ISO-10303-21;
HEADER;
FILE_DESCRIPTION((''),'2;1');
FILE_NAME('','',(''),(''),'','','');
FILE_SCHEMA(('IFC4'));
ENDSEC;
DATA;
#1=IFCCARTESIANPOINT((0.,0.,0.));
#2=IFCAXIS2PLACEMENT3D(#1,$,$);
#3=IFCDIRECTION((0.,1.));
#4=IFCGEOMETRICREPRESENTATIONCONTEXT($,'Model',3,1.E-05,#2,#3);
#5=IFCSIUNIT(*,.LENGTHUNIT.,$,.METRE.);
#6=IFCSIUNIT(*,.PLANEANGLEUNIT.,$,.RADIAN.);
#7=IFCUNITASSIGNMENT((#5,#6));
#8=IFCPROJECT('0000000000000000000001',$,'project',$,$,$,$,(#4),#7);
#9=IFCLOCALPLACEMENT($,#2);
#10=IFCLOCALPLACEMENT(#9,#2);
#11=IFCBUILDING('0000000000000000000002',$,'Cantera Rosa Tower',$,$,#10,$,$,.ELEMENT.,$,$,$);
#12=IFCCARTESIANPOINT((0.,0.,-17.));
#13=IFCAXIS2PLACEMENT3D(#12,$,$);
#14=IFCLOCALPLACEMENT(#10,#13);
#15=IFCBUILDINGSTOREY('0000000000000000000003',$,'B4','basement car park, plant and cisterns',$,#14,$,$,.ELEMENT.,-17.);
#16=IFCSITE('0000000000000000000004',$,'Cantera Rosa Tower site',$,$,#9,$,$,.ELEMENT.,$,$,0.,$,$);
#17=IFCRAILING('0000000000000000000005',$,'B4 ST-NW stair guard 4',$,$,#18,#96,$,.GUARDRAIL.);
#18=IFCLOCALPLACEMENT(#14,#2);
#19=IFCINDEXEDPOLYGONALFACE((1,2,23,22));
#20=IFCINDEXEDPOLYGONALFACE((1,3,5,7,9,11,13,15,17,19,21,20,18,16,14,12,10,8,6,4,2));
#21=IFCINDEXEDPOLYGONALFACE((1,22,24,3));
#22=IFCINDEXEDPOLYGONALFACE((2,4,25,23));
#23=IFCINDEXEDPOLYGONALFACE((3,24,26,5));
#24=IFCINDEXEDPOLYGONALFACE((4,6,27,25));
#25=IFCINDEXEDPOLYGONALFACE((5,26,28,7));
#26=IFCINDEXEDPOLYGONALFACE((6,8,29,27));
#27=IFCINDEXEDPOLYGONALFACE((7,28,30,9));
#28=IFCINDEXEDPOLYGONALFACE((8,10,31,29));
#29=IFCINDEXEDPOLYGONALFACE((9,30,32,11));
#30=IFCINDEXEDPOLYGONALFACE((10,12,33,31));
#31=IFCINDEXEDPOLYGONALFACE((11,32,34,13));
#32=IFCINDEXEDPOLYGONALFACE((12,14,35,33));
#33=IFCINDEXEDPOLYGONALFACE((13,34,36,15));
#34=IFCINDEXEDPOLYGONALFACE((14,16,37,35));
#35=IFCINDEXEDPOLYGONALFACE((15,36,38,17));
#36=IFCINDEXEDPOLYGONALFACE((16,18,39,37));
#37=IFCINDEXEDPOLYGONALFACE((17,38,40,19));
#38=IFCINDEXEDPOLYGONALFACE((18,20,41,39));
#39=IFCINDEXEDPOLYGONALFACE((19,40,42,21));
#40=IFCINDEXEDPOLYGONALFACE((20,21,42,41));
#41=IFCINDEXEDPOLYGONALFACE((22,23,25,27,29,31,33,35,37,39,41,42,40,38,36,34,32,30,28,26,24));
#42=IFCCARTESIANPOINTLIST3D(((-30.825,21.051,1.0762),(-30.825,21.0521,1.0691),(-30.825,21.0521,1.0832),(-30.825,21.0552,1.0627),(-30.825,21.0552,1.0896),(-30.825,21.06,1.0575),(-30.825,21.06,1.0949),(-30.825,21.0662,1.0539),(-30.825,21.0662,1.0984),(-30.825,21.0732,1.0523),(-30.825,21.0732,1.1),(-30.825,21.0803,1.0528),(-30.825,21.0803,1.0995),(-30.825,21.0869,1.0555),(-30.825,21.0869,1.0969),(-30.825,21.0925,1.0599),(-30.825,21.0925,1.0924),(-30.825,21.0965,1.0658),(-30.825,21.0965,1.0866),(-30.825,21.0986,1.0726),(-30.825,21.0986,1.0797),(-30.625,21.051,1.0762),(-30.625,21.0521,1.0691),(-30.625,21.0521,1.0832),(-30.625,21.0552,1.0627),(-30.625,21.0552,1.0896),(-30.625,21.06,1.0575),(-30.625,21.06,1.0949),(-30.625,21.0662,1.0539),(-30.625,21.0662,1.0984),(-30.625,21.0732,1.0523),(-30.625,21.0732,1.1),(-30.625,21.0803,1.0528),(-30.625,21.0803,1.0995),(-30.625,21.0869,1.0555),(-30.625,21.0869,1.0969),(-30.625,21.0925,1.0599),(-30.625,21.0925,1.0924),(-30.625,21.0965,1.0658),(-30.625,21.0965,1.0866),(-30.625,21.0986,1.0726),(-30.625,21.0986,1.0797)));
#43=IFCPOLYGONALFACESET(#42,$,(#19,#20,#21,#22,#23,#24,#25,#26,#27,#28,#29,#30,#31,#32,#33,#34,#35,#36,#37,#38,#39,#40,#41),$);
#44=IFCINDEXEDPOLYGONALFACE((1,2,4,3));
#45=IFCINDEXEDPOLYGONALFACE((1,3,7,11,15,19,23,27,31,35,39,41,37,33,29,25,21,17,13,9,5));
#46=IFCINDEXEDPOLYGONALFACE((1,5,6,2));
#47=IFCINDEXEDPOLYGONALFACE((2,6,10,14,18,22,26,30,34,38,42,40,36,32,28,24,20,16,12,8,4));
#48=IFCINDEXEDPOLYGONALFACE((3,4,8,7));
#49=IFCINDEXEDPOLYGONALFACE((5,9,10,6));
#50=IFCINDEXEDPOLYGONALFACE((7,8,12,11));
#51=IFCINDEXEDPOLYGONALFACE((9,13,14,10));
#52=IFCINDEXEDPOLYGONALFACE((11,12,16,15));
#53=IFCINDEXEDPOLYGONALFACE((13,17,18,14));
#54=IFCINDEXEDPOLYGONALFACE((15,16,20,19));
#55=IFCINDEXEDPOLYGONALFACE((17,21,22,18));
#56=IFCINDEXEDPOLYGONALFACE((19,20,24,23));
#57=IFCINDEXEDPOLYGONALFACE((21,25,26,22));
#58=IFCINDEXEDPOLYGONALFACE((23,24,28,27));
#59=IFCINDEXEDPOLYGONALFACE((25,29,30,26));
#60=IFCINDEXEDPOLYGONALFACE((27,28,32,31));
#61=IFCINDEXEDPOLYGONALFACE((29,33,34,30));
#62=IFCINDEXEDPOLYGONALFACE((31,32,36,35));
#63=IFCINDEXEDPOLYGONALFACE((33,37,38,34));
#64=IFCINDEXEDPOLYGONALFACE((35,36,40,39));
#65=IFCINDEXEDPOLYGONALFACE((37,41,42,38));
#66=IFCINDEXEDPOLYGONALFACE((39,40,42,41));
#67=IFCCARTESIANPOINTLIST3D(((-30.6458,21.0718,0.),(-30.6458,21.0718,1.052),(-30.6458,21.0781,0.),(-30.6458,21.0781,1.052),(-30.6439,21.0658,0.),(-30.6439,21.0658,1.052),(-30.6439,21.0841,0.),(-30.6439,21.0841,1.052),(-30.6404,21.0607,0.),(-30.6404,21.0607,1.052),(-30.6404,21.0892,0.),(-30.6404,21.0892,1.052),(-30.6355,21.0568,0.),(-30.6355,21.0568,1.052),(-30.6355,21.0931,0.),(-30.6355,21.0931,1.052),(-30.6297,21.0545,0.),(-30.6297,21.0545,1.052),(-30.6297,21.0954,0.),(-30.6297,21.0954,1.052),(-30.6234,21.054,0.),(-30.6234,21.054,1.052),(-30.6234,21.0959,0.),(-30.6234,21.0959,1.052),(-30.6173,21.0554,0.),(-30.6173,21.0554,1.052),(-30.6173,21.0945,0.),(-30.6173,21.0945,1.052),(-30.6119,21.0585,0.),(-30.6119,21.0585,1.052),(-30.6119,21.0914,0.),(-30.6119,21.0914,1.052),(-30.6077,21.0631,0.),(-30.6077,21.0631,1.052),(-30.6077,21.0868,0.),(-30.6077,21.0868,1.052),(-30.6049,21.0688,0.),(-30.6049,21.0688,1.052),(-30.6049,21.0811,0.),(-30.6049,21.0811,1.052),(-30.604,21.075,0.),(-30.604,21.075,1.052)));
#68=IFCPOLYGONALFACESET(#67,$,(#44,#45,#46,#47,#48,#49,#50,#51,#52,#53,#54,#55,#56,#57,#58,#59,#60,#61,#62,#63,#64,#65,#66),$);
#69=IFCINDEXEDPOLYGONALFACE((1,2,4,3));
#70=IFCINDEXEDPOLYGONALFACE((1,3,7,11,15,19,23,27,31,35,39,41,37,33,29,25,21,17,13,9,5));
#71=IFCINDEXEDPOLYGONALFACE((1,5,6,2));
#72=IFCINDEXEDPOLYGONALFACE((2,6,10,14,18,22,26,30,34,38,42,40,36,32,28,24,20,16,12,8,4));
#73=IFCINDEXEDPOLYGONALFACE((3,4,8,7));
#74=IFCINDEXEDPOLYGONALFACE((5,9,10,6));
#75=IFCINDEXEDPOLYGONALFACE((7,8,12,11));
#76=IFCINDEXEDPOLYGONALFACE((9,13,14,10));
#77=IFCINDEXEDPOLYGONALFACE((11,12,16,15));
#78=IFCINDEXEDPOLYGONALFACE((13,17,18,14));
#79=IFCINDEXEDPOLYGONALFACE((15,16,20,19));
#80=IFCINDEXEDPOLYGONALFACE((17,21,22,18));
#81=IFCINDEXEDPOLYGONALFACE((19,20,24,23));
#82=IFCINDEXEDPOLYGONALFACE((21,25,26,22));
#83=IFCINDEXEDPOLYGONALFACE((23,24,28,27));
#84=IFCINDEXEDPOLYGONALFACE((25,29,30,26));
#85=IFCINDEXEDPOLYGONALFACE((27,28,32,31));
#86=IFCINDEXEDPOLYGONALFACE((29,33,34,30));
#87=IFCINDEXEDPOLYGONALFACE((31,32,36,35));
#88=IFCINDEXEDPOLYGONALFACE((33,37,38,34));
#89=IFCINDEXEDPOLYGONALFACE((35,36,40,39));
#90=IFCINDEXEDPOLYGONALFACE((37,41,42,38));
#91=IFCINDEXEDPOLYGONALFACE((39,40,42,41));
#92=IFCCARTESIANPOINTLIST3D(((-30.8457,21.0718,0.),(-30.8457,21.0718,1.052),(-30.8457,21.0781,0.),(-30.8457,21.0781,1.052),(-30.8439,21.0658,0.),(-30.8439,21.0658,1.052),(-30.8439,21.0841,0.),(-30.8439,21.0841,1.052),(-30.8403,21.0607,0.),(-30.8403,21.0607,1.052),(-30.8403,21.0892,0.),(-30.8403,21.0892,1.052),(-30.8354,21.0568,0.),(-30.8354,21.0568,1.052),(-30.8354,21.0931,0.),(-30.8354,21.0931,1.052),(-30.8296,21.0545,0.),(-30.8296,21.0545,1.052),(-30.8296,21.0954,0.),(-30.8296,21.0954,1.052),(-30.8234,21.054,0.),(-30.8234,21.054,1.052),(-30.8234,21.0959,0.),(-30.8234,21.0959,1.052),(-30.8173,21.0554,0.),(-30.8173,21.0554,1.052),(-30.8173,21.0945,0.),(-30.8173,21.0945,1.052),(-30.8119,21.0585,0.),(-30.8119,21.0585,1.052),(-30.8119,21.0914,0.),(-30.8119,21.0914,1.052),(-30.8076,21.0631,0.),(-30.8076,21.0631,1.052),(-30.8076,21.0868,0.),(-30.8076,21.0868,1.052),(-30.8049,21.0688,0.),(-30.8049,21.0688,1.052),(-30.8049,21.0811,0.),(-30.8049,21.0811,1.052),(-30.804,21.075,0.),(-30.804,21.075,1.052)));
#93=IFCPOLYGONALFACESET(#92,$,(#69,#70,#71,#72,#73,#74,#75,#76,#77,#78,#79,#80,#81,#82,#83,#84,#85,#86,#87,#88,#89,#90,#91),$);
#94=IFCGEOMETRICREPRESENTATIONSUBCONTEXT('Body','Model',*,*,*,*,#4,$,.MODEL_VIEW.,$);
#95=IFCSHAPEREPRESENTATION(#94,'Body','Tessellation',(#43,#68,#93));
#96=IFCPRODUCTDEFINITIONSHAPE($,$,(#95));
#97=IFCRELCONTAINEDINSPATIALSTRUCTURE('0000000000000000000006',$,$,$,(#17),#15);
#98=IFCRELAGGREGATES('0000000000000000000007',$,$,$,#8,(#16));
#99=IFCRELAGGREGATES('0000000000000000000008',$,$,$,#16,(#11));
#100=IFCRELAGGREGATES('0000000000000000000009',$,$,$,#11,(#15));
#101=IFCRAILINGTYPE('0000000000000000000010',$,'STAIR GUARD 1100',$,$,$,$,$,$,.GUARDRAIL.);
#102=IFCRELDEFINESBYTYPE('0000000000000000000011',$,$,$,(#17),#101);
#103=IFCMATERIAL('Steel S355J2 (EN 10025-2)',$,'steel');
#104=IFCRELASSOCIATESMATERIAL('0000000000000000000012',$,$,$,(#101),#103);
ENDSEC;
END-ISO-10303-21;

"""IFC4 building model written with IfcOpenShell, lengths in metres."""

from ifc_helpers import new_model, si_unit, direction, frame, origin, origin_2d, place, context, subcontext, project, spatial, circle, extrude, material, type_object, element, save


model = new_model("IFC4")

# Units and contexts
model_context = context("Model", 3, precision=1e-05, world=origin(), true_north=direction((0.0, 1.0)))
body_context = subcontext(model_context, "Body", "Model", "MODEL_VIEW")
ifc_project = project(units=[si_unit("LENGTHUNIT", "METRE"), si_unit("PLANEANGLEUNIT", "RADIAN")], contexts=[model_context])

# Site, building, storey
site_placement = place(None, origin())
site = spatial("IfcSite", under=ifc_project, at=site_placement, Name="Cantera Rosa Tower site", CompositionType="ELEMENT", RefElevation=0.0)
building_placement = place(site_placement, origin())
building = spatial("IfcBuilding", under=site, at=building_placement, Name="Cantera Rosa Tower", CompositionType="ELEMENT")
storey_placement = place(building_placement, frame((0.0, 0.0, -17.0)))
storey = spatial("IfcBuildingStorey", under=building, at=storey_placement, Name="B4", Description="basement car park, plant and cisterns", CompositionType="ELEMENT", Elevation=-17.0)

# Railing
ifc_material_1 = material(Name="Steel S355J2 (EN 10025-2)", Category="steel")
railing_type_1 = type_object("IfcRailingType", Name="STAIR GUARD 1100", PredefinedType="GUARDRAIL", material=ifc_material_1)
railing_1_placement = place(storey_placement, frame((-30.625, 21.075, 0.0)))
element("IfcRailing", 1, at=railing_1_placement, inside=storey, type_object=railing_type_1, Name="B4 ST-NW stair guard 4", PredefinedType="GUARDRAIL", context=body_context, shape_type="SweptSolid", body=[
    extrude(circle(Radius=0.0239, at=origin_2d()), frame((0.0, 0.0, 1.0762), z_axis=(-1.0, 0.0, 0.0), x_axis=(0.0, -1.0, 0.0)), (0.0, 0.0, 1.0), 0.2),
    extrude(circle(Radius=0.021, at=origin_2d()), origin(), (0.0, 0.0, 1.0), 1.052),
    extrude(circle(Radius=0.021, at=origin_2d()), frame((-0.2, 0.0, 0.0)), (0.0, 0.0, 1.0), 1.052),
])

save(model, "model.ifc")
